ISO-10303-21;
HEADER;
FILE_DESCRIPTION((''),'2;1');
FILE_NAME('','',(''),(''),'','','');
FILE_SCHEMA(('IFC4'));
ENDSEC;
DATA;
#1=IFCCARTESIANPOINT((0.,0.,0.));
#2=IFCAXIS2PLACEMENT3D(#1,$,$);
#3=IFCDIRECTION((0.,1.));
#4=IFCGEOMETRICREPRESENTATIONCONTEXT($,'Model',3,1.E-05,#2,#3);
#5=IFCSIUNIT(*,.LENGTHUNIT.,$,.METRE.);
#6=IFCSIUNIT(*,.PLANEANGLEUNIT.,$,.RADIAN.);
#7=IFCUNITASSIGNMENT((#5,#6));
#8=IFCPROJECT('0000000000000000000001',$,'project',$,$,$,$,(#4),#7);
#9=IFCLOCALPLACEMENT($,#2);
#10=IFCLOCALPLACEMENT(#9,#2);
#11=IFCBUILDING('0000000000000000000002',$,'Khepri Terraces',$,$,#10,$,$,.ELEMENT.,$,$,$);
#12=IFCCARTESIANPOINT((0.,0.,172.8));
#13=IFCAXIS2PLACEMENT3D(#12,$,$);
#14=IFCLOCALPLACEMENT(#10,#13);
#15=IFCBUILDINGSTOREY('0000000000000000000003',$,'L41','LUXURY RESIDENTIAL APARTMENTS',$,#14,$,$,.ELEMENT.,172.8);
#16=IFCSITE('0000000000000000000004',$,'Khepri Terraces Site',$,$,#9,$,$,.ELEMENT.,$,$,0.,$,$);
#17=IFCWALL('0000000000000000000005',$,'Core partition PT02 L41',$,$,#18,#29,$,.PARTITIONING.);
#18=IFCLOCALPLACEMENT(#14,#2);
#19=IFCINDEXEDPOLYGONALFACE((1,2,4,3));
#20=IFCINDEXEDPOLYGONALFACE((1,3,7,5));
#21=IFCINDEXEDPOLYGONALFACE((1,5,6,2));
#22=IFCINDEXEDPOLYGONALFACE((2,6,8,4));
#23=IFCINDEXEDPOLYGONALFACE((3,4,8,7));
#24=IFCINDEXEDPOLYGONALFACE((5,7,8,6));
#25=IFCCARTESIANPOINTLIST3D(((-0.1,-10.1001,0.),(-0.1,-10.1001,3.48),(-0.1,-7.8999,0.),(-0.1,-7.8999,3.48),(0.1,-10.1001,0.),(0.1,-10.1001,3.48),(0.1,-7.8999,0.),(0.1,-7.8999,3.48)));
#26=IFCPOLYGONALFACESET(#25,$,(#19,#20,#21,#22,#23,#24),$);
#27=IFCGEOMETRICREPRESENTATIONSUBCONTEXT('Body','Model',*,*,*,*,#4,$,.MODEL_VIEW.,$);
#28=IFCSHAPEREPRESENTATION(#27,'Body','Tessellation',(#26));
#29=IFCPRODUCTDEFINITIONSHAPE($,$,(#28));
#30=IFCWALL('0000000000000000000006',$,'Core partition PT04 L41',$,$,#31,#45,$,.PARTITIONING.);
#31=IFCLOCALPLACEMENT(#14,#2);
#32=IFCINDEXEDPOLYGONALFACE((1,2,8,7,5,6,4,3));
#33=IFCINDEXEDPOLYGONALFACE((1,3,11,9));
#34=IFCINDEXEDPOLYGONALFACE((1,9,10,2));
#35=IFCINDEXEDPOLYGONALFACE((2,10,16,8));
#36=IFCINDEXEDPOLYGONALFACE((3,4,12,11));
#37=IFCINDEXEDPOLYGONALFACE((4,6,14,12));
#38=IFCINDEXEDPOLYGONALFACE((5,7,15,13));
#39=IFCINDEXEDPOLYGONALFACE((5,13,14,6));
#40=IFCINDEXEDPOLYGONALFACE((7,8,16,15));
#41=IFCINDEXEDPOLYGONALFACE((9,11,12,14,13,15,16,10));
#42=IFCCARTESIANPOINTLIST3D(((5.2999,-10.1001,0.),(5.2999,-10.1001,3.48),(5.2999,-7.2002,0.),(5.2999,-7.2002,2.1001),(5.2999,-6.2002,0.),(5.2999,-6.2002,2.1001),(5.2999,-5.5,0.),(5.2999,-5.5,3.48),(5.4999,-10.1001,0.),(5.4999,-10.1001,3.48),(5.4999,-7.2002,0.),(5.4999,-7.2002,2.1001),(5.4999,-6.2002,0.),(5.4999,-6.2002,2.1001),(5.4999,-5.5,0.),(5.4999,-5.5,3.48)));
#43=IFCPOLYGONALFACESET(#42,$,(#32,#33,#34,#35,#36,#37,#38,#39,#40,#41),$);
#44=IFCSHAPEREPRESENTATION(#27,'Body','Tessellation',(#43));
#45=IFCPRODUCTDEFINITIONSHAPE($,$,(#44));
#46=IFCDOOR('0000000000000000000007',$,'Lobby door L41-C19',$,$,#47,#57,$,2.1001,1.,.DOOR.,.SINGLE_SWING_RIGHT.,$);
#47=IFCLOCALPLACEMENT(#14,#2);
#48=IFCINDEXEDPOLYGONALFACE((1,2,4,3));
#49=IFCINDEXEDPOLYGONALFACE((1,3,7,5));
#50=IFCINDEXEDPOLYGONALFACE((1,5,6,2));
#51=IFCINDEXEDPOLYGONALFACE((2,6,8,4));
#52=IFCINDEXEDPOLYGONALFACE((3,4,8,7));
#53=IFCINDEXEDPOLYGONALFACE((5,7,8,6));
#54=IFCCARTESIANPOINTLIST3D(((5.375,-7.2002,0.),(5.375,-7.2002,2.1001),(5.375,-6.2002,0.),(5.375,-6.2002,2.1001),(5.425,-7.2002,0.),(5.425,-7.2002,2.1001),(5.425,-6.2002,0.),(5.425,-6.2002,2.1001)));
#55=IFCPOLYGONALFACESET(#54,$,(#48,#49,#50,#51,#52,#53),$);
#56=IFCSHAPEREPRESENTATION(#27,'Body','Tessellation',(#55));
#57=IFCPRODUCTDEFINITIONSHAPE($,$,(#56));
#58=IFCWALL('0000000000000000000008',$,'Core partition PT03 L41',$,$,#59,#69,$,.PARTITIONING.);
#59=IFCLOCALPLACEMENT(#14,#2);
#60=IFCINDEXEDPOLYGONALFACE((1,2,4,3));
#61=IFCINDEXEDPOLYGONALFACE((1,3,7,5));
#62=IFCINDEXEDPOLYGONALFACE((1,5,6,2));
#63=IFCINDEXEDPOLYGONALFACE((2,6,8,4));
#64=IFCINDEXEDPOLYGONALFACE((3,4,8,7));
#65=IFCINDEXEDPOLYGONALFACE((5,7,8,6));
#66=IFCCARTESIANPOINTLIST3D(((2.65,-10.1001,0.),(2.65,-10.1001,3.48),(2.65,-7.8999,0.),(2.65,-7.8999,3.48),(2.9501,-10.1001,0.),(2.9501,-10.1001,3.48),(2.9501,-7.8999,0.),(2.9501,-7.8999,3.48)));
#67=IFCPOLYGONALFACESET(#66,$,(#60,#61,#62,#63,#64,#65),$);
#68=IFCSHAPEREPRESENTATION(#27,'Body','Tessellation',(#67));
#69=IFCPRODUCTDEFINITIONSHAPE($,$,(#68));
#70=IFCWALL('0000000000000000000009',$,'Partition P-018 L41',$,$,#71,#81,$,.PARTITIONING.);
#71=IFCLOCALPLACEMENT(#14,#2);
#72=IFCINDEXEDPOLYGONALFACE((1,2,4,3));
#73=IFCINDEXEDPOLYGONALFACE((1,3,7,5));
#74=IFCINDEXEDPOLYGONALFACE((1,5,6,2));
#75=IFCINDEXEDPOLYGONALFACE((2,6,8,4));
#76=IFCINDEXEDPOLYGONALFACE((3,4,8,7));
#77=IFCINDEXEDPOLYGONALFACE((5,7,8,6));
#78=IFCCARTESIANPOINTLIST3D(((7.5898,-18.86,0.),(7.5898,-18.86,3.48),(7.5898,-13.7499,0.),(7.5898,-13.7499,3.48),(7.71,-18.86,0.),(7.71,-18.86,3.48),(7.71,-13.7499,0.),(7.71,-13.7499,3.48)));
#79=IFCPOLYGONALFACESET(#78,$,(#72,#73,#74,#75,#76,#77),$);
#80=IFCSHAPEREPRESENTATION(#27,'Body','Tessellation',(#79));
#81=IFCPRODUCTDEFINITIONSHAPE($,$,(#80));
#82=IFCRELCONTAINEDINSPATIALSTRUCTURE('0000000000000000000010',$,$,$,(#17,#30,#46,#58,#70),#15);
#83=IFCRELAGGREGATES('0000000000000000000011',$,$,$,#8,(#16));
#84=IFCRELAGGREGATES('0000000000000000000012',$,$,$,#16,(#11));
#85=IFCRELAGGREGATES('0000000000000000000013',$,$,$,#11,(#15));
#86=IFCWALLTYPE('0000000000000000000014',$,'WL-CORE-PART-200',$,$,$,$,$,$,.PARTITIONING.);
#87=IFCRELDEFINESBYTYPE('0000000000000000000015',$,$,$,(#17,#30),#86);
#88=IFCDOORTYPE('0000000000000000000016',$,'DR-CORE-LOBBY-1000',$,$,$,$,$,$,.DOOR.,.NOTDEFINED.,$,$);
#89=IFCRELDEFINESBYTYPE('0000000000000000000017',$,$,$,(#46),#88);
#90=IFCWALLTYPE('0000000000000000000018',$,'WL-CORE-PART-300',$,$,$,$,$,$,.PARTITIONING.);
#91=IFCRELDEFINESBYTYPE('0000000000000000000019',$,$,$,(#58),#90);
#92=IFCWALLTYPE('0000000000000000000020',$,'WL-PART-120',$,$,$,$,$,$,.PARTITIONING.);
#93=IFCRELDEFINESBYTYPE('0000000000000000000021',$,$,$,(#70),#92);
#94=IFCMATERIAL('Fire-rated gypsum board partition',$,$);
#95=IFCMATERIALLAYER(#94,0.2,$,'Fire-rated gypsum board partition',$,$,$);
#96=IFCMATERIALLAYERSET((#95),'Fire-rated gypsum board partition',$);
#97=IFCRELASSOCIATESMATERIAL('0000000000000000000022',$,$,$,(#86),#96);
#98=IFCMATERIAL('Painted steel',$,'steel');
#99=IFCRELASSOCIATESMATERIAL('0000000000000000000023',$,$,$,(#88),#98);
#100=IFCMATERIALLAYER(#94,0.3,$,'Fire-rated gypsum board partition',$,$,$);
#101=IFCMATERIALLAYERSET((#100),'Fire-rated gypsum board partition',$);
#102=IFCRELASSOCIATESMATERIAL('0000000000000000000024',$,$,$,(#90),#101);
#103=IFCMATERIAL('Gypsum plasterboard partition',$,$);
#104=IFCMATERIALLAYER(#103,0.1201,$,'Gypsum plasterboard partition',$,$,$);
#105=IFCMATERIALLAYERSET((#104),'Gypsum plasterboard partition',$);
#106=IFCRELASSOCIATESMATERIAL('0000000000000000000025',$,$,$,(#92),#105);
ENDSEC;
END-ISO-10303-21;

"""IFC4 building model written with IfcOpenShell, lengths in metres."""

from ifc_helpers import new_model, si_unit, direction, frame, frame_2d, origin, place, context, subcontext, project, spatial, rectangle, extrude, material, layer, layer_set, type_object, element, fill, save


model = new_model("IFC4")

# Units and contexts
model_context = context("Model", 3, precision=1e-05, world=origin(), true_north=direction((0.0, 1.0)))
body_context = subcontext(model_context, "Body", "Model", "MODEL_VIEW")
ifc_project = project(units=[si_unit("LENGTHUNIT", "METRE"), si_unit("PLANEANGLEUNIT", "RADIAN")], contexts=[model_context])

# Site, building, storey
site_placement = place(None, origin())
site = spatial("IfcSite", under=ifc_project, at=site_placement, Name="Khepri Terraces Site", CompositionType="ELEMENT", RefElevation=0.0)
building_placement = place(site_placement, origin())
building = spatial("IfcBuilding", under=site, at=building_placement, Name="Khepri Terraces", CompositionType="ELEMENT")
storey_placement = place(building_placement, frame((0.0, 0.0, 172.8)))
storey = spatial("IfcBuildingStorey", under=building, at=storey_placement, Name="L41", Description="LUXURY RESIDENTIAL APARTMENTS", CompositionType="ELEMENT", Elevation=172.8)

# Wall
ifc_material_1 = material(Name="Fire-rated gypsum board partition")
ifc_layer_1 = layer(ifc_material_1, 0.2, Name="Fire-rated gypsum board partition")
ifc_layer_set_1 = layer_set([ifc_layer_1], Name="Fire-rated gypsum board partition")
wall_type_1 = type_object("IfcWallType", Name="WL-CORE-PART-200", PredefinedType="PARTITIONING", material=ifc_layer_set_1)
wall_1_placement = place(storey_placement, frame((0.0, -10.1001, 0.0), z_axis=(0.0, 0.0, 1.0), x_axis=(0.0, 1.0, 0.0)))
element("IfcWall", 1, at=wall_1_placement, inside=storey, type_object=wall_type_1, Name="Core partition PT02 L41", PredefinedType="PARTITIONING", context=body_context, shape_type="SweptSolid", body=[
    extrude(rectangle(XDim=2.2002, YDim=0.2, at=frame_2d((1.1001, 0.0))), origin(), (0.0, 0.0, 1.0), 3.48),
])

# Wall, opening, door
wall_2_placement = place(storey_placement, frame((5.3999, -10.1001, 0.0), z_axis=(0.0, 0.0, 1.0), x_axis=(0.0, 1.0, 0.0)))
wall_2 = element("IfcWall", 2, at=wall_2_placement, inside=storey, type_object=wall_type_1, Name="Core partition PT04 L41", PredefinedType="PARTITIONING", context=body_context, shape_type="SweptSolid", body=[
    extrude(rectangle(XDim=4.6001, YDim=0.2, at=frame_2d((2.3, 0.0))), origin(), (0.0, 0.0, 1.0), 3.48),
])
opening_1_placement = place(wall_2_placement, frame((2.8999, 0.0, 0.0)))
opening_1 = element("IfcOpeningElement", 3, at=opening_1_placement, cuts=wall_2, PredefinedType="OPENING", context=body_context, shape_type="SweptSolid", body=[
    extrude(rectangle(XDim=1.0, YDim=2.1001, at=frame_2d((0.5, 1.05))), frame((0.0, 0.1099, 0.0), z_axis=(0.0, -1.0, 0.0), x_axis=(1.0, 0.0, 0.0)), (0.0, 0.0, 1.0), 0.22),
])
ifc_material_2 = material(Name="Painted steel", Category="steel")
door_type_1 = type_object("IfcDoorType", Name="DR-CORE-LOBBY-1000", OperationType="NOTDEFINED", PredefinedType="DOOR", material=ifc_material_2)
door_1_placement = place(opening_1_placement, origin())
door_1 = element("IfcDoor", 4, at=door_1_placement, inside=storey, type_object=door_type_1, Name="Lobby door L41-C19", OperationType="SINGLE_SWING_RIGHT", OverallHeight=2.1001, OverallWidth=1.0, PredefinedType="DOOR", context=body_context, shape_type="SweptSolid", body=[
    extrude(rectangle(XDim=1.0, YDim=2.1001, at=frame_2d((0.5, 1.05))), frame((0.0, 0.0249, 0.0), z_axis=(0.0, -1.0, 0.0), x_axis=(1.0, 0.0, 0.0)), (0.0, 0.0, 1.0), 0.05),
])
fill(opening_1, door_1)

# Walls
ifc_layer_2 = layer(ifc_material_1, 0.3, Name="Fire-rated gypsum board partition")
ifc_layer_set_2 = layer_set([ifc_layer_2], Name="Fire-rated gypsum board partition")
wall_type_2 = type_object("IfcWallType", Name="WL-CORE-PART-300", PredefinedType="PARTITIONING", material=ifc_layer_set_2)
wall_3_placement = place(storey_placement, frame((2.8, -10.1001, 0.0), z_axis=(0.0, 0.0, 1.0), x_axis=(0.0, 1.0, 0.0)))
element("IfcWall", 5, at=wall_3_placement, inside=storey, type_object=wall_type_2, Name="Core partition PT03 L41", PredefinedType="PARTITIONING", context=body_context, shape_type="SweptSolid", body=[
    extrude(rectangle(XDim=2.2002, YDim=0.3, at=frame_2d((1.1001, 0.0))), origin(), (0.0, 0.0, 1.0), 3.48),
])
ifc_material_3 = material(Name="Gypsum plasterboard partition")
ifc_layer_3 = layer(ifc_material_3, 0.1201, Name="Gypsum plasterboard partition")
ifc_layer_set_3 = layer_set([ifc_layer_3], Name="Gypsum plasterboard partition")
wall_type_3 = type_object("IfcWallType", Name="WL-PART-120", PredefinedType="PARTITIONING", material=ifc_layer_set_3)
wall_4_placement = place(storey_placement, frame((7.6499, -18.8601, 0.0), z_axis=(0.0, 0.0, 1.0), x_axis=(0.0, 1.0, 0.0)))
element("IfcWall", 6, at=wall_4_placement, inside=storey, type_object=wall_type_3, Name="Partition P-018 L41", PredefinedType="PARTITIONING", context=body_context, shape_type="SweptSolid", body=[
    extrude(rectangle(XDim=5.1101, YDim=0.1201, at=frame_2d((2.5552, 0.0))), origin(), (0.0, 0.0, 1.0), 3.48),
])

save(model, "model.ifc")
